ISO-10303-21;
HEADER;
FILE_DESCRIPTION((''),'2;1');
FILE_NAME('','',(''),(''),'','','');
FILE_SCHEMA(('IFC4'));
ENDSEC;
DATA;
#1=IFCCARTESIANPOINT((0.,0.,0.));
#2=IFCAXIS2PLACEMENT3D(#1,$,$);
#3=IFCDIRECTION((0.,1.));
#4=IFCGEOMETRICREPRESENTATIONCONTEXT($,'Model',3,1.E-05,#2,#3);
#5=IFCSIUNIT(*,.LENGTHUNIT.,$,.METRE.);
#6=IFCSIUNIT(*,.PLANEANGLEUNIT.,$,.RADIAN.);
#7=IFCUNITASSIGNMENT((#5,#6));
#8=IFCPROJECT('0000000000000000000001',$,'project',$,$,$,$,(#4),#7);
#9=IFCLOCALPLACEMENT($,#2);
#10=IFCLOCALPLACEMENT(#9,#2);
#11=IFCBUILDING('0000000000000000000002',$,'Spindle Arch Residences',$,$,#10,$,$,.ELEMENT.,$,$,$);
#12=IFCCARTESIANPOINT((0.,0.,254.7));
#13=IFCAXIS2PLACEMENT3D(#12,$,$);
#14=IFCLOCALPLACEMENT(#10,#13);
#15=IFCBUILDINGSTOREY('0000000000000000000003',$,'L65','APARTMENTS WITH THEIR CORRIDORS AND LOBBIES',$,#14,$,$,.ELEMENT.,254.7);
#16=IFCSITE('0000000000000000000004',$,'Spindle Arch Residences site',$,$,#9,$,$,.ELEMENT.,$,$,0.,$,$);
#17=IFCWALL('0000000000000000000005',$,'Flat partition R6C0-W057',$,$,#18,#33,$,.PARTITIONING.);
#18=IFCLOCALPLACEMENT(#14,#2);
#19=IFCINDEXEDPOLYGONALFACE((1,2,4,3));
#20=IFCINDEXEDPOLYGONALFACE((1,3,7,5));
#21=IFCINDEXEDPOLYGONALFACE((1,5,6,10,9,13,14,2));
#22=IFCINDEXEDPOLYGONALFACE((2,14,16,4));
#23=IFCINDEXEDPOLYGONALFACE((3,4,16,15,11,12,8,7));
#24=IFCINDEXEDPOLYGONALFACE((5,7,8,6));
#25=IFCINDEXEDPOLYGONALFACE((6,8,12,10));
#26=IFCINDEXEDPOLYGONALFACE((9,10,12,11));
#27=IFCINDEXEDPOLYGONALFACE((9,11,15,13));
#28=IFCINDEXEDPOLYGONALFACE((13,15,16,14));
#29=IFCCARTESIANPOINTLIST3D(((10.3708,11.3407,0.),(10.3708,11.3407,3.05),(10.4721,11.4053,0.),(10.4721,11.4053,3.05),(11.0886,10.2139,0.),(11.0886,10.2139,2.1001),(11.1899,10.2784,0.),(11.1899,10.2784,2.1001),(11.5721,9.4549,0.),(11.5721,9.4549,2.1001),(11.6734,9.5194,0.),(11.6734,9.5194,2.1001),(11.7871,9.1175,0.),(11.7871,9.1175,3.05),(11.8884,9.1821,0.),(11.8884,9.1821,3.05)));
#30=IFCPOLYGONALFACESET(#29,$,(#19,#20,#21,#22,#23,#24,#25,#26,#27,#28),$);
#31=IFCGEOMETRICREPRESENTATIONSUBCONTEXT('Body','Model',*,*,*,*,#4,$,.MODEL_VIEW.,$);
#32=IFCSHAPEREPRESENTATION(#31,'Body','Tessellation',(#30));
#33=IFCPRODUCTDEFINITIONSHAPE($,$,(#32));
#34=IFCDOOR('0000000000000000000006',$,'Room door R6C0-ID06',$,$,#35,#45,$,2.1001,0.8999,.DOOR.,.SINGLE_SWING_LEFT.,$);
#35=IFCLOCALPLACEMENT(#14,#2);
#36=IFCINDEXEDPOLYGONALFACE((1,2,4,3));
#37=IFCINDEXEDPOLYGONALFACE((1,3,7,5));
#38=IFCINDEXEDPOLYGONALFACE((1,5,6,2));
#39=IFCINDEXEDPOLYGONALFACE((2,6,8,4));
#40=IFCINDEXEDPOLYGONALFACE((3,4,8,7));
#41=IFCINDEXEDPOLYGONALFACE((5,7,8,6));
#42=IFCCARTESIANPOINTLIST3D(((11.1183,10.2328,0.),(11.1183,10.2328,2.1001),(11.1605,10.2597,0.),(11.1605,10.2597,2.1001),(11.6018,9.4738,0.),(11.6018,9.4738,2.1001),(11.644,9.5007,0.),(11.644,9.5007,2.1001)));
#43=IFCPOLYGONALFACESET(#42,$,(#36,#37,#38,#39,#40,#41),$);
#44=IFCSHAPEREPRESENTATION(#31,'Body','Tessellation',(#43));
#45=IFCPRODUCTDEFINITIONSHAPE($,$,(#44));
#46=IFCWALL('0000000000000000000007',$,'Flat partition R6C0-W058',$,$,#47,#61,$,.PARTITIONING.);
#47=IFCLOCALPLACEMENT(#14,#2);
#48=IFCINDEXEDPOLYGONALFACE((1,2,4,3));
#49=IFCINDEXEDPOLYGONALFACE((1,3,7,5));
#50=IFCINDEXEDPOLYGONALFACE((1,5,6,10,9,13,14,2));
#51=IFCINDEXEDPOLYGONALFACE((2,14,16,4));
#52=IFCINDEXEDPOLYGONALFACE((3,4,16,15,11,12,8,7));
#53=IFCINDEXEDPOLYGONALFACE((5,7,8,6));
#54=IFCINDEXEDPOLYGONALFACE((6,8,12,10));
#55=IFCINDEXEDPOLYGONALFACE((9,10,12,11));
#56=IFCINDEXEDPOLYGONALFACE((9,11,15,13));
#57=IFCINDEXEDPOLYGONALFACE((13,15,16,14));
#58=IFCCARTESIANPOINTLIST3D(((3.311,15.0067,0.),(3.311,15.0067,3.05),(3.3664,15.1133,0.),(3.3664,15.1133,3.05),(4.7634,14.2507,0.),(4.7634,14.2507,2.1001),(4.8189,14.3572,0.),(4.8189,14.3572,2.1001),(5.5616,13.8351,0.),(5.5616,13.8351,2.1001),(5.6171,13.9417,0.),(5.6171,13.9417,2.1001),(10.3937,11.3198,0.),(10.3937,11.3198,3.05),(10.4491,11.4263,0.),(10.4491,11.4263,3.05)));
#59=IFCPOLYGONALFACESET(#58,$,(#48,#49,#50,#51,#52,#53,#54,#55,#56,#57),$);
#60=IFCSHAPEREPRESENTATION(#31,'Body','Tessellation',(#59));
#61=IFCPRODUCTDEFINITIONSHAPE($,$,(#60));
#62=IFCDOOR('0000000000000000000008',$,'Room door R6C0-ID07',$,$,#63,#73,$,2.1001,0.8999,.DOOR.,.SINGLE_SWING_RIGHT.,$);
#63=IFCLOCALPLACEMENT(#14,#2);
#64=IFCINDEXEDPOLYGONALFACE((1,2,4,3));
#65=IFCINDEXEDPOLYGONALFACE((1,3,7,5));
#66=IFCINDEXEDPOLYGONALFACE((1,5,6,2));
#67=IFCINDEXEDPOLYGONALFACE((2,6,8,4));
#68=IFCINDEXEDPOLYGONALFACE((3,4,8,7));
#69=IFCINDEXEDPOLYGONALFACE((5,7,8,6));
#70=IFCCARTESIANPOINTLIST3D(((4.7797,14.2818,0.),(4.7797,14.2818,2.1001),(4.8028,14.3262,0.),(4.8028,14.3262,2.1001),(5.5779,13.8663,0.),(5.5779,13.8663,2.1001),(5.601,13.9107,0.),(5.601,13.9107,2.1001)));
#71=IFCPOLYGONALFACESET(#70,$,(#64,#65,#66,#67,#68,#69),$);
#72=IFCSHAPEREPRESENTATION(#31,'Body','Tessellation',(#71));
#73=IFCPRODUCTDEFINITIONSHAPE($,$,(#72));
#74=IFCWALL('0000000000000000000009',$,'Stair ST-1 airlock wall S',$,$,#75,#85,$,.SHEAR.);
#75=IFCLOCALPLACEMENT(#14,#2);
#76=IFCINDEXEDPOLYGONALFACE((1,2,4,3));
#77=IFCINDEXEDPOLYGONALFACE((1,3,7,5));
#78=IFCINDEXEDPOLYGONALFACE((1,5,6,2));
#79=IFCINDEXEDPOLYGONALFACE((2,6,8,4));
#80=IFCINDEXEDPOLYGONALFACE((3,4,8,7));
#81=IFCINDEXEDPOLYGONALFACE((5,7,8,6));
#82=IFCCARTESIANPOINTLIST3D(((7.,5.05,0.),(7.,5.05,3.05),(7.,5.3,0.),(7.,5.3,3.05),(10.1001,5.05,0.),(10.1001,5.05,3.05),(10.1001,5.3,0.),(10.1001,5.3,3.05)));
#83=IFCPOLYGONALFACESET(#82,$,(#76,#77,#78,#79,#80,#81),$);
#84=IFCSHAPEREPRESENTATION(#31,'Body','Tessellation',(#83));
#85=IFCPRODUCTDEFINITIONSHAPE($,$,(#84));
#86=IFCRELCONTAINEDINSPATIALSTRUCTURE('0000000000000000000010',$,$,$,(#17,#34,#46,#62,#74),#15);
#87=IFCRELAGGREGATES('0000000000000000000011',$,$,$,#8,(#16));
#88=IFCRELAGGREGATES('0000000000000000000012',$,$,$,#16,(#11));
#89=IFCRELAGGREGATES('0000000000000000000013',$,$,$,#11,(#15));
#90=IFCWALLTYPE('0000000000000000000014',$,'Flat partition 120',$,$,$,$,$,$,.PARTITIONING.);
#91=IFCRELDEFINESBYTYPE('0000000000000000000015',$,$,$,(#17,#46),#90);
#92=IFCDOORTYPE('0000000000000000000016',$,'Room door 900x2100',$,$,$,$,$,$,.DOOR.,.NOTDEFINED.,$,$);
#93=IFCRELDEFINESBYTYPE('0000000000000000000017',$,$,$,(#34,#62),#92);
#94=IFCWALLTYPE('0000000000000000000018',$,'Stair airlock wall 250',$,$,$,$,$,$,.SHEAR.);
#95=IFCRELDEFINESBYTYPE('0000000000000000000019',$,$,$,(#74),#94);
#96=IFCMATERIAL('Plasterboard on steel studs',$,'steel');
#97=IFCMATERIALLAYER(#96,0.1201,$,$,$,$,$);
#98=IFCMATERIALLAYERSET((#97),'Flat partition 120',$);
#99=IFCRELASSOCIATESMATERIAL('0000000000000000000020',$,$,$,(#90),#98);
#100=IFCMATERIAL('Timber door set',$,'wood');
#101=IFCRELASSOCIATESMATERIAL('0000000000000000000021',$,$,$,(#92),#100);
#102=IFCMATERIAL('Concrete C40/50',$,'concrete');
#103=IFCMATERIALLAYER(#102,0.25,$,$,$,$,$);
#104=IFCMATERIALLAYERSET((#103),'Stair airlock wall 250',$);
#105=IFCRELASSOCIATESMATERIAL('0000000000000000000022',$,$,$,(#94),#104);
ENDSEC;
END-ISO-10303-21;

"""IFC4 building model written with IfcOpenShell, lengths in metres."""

from ifc_helpers import new_model, si_unit, direction, frame, frame_2d, origin, place, context, subcontext, project, spatial, rectangle, extrude, material, layer, layer_set, type_object, element, fill, save


model = new_model("IFC4")

# Units and contexts
model_context = context("Model", 3, precision=1e-05, world=origin(), true_north=direction((0.0, 1.0)))
body_context = subcontext(model_context, "Body", "Model", "MODEL_VIEW")
ifc_project = project(units=[si_unit("LENGTHUNIT", "METRE"), si_unit("PLANEANGLEUNIT", "RADIAN")], contexts=[model_context])

# Site, building, storey
site_placement = place(None, origin())
site = spatial("IfcSite", under=ifc_project, at=site_placement, Name="Spindle Arch Residences site", CompositionType="ELEMENT", RefElevation=0.0)
building_placement = place(site_placement, origin())
building = spatial("IfcBuilding", under=site, at=building_placement, Name="Spindle Arch Residences", CompositionType="ELEMENT")
storey_placement = place(building_placement, frame((0.0, 0.0, 254.7)))
storey = spatial("IfcBuildingStorey", under=building, at=storey_placement, Name="L65", Description="APARTMENTS WITH THEIR CORRIDORS AND LOBBIES", CompositionType="ELEMENT", Elevation=254.7)

# Shared definitions
ifc_material_1 = material(Name="Plasterboard on steel studs", Category="steel")
ifc_layer_1 = layer(ifc_material_1, 0.1201)
ifc_layer_set_1 = layer_set([ifc_layer_1], Name="Flat partition 120")
wall_type_1 = type_object("IfcWallType", Name="Flat partition 120", PredefinedType="PARTITIONING", material=ifc_layer_set_1)
ifc_material_2 = material(Name="Timber door set", Category="wood")
door_type_1 = type_object("IfcDoorType", Name="Room door 900x2100", OperationType="NOTDEFINED", PredefinedType="DOOR", material=ifc_material_2)

# Walls, openings, doors
wall_1_placement = place(storey_placement, frame((11.8376, 9.1499, 0.0), z_axis=(0.0, 0.0, 1.0), x_axis=(-0.537289, 0.843398, 0.0)))
wall_1 = element("IfcWall", 1, at=wall_1_placement, inside=storey, type_object=wall_type_1, Name="Flat partition R6C0-W057", PredefinedType="PARTITIONING", context=body_context, shape_type="SweptSolid", body=[
    extrude(rectangle(XDim=2.636, YDim=0.1201, at=frame_2d((1.3179, 0.0))), origin(), (0.0, 0.0, 1.0), 3.05),
])
opening_1_placement = place(wall_1_placement, frame((0.3999, 0.0, 0.0)))
opening_1 = element("IfcOpeningElement", 2, at=opening_1_placement, cuts=wall_1, PredefinedType="OPENING", context=body_context, shape_type="SweptSolid", body=[
    extrude(rectangle(XDim=0.8999, YDim=2.1001, at=frame_2d((0.45, 1.05))), frame((0.0, 0.0701, 0.0), z_axis=(0.0, -1.0, 0.0), x_axis=(1.0, 0.0, 0.0)), (0.0, 0.0, 1.0), 0.1401),
])
door_1_placement = place(opening_1_placement, origin())
door_1 = element("IfcDoor", 3, at=door_1_placement, inside=storey, type_object=door_type_1, Name="Room door R6C0-ID06", OperationType="SINGLE_SWING_LEFT", OverallHeight=2.1001, OverallWidth=0.8999, PredefinedType="DOOR", context=body_context, shape_type="SweptSolid", body=[
    extrude(rectangle(XDim=0.8999, YDim=2.1001, at=frame_2d((0.45, 1.05))), frame((0.0, 0.0249, 0.0), z_axis=(0.0, -1.0, 0.0), x_axis=(1.0, 0.0, 0.0)), (0.0, 0.0, 1.0), 0.05),
])
fill(opening_1, door_1)
wall_2_placement = place(storey_placement, frame((10.4214, 11.373, 0.0), z_axis=(0.0, 0.0, 1.0), x_axis=(-0.887013, 0.461745, 0.0)))
wall_2 = element("IfcWall", 4, at=wall_2_placement, inside=storey, type_object=wall_type_1, Name="Flat partition R6C0-W058", PredefinedType="PARTITIONING", context=body_context, shape_type="SweptSolid", body=[
    extrude(rectangle(XDim=7.9849, YDim=0.1201, at=frame_2d((3.9924, 0.0))), origin(), (0.0, 0.0, 1.0), 3.05),
])
opening_2_placement = place(wall_2_placement, frame((5.4475, 0.0, 0.0)))
opening_2 = element("IfcOpeningElement", 5, at=opening_2_placement, cuts=wall_2, PredefinedType="OPENING", context=body_context, shape_type="SweptSolid", body=[
    extrude(rectangle(XDim=0.8999, YDim=2.1001, at=frame_2d((0.45, 1.05))), frame((0.0, 0.0701, 0.0), z_axis=(0.0, -1.0, 0.0), x_axis=(1.0, 0.0, 0.0)), (0.0, 0.0, 1.0), 0.1401),
])
door_2_placement = place(opening_2_placement, origin())
door_2 = element("IfcDoor", 6, at=door_2_placement, inside=storey, type_object=door_type_1, Name="Room door R6C0-ID07", OperationType="SINGLE_SWING_RIGHT", OverallHeight=2.1001, OverallWidth=0.8999, PredefinedType="DOOR", context=body_context, shape_type="SweptSolid", body=[
    extrude(rectangle(XDim=0.8999, YDim=2.1001, at=frame_2d((0.45, 1.05))), frame((0.0, 0.0249, 0.0), z_axis=(0.0, -1.0, 0.0), x_axis=(1.0, 0.0, 0.0)), (0.0, 0.0, 1.0), 0.05),
])
fill(opening_2, door_2)

# Wall
ifc_material_3 = material(Name="Concrete C40/50", Category="concrete")
ifc_layer_2 = layer(ifc_material_3, 0.25)
ifc_layer_set_2 = layer_set([ifc_layer_2], Name="Stair airlock wall 250")
wall_type_2 = type_object("IfcWallType", Name="Stair airlock wall 250", PredefinedType="SHEAR", material=ifc_layer_set_2)
wall_3_placement = place(storey_placement, frame((7.0, 5.175, 0.0), z_axis=(0.0, 0.0, 1.0), x_axis=(1.0, 0.0, 0.0)))
element("IfcWall", 7, at=wall_3_placement, inside=storey, type_object=wall_type_2, Name="Stair ST-1 airlock wall S", PredefinedType="SHEAR", context=body_context, shape_type="SweptSolid", body=[
    extrude(rectangle(XDim=3.1001, YDim=0.25, at=frame_2d((1.55, 0.0))), origin(), (0.0, 0.0, 1.0), 3.05),
])

save(model, "model.ifc")
